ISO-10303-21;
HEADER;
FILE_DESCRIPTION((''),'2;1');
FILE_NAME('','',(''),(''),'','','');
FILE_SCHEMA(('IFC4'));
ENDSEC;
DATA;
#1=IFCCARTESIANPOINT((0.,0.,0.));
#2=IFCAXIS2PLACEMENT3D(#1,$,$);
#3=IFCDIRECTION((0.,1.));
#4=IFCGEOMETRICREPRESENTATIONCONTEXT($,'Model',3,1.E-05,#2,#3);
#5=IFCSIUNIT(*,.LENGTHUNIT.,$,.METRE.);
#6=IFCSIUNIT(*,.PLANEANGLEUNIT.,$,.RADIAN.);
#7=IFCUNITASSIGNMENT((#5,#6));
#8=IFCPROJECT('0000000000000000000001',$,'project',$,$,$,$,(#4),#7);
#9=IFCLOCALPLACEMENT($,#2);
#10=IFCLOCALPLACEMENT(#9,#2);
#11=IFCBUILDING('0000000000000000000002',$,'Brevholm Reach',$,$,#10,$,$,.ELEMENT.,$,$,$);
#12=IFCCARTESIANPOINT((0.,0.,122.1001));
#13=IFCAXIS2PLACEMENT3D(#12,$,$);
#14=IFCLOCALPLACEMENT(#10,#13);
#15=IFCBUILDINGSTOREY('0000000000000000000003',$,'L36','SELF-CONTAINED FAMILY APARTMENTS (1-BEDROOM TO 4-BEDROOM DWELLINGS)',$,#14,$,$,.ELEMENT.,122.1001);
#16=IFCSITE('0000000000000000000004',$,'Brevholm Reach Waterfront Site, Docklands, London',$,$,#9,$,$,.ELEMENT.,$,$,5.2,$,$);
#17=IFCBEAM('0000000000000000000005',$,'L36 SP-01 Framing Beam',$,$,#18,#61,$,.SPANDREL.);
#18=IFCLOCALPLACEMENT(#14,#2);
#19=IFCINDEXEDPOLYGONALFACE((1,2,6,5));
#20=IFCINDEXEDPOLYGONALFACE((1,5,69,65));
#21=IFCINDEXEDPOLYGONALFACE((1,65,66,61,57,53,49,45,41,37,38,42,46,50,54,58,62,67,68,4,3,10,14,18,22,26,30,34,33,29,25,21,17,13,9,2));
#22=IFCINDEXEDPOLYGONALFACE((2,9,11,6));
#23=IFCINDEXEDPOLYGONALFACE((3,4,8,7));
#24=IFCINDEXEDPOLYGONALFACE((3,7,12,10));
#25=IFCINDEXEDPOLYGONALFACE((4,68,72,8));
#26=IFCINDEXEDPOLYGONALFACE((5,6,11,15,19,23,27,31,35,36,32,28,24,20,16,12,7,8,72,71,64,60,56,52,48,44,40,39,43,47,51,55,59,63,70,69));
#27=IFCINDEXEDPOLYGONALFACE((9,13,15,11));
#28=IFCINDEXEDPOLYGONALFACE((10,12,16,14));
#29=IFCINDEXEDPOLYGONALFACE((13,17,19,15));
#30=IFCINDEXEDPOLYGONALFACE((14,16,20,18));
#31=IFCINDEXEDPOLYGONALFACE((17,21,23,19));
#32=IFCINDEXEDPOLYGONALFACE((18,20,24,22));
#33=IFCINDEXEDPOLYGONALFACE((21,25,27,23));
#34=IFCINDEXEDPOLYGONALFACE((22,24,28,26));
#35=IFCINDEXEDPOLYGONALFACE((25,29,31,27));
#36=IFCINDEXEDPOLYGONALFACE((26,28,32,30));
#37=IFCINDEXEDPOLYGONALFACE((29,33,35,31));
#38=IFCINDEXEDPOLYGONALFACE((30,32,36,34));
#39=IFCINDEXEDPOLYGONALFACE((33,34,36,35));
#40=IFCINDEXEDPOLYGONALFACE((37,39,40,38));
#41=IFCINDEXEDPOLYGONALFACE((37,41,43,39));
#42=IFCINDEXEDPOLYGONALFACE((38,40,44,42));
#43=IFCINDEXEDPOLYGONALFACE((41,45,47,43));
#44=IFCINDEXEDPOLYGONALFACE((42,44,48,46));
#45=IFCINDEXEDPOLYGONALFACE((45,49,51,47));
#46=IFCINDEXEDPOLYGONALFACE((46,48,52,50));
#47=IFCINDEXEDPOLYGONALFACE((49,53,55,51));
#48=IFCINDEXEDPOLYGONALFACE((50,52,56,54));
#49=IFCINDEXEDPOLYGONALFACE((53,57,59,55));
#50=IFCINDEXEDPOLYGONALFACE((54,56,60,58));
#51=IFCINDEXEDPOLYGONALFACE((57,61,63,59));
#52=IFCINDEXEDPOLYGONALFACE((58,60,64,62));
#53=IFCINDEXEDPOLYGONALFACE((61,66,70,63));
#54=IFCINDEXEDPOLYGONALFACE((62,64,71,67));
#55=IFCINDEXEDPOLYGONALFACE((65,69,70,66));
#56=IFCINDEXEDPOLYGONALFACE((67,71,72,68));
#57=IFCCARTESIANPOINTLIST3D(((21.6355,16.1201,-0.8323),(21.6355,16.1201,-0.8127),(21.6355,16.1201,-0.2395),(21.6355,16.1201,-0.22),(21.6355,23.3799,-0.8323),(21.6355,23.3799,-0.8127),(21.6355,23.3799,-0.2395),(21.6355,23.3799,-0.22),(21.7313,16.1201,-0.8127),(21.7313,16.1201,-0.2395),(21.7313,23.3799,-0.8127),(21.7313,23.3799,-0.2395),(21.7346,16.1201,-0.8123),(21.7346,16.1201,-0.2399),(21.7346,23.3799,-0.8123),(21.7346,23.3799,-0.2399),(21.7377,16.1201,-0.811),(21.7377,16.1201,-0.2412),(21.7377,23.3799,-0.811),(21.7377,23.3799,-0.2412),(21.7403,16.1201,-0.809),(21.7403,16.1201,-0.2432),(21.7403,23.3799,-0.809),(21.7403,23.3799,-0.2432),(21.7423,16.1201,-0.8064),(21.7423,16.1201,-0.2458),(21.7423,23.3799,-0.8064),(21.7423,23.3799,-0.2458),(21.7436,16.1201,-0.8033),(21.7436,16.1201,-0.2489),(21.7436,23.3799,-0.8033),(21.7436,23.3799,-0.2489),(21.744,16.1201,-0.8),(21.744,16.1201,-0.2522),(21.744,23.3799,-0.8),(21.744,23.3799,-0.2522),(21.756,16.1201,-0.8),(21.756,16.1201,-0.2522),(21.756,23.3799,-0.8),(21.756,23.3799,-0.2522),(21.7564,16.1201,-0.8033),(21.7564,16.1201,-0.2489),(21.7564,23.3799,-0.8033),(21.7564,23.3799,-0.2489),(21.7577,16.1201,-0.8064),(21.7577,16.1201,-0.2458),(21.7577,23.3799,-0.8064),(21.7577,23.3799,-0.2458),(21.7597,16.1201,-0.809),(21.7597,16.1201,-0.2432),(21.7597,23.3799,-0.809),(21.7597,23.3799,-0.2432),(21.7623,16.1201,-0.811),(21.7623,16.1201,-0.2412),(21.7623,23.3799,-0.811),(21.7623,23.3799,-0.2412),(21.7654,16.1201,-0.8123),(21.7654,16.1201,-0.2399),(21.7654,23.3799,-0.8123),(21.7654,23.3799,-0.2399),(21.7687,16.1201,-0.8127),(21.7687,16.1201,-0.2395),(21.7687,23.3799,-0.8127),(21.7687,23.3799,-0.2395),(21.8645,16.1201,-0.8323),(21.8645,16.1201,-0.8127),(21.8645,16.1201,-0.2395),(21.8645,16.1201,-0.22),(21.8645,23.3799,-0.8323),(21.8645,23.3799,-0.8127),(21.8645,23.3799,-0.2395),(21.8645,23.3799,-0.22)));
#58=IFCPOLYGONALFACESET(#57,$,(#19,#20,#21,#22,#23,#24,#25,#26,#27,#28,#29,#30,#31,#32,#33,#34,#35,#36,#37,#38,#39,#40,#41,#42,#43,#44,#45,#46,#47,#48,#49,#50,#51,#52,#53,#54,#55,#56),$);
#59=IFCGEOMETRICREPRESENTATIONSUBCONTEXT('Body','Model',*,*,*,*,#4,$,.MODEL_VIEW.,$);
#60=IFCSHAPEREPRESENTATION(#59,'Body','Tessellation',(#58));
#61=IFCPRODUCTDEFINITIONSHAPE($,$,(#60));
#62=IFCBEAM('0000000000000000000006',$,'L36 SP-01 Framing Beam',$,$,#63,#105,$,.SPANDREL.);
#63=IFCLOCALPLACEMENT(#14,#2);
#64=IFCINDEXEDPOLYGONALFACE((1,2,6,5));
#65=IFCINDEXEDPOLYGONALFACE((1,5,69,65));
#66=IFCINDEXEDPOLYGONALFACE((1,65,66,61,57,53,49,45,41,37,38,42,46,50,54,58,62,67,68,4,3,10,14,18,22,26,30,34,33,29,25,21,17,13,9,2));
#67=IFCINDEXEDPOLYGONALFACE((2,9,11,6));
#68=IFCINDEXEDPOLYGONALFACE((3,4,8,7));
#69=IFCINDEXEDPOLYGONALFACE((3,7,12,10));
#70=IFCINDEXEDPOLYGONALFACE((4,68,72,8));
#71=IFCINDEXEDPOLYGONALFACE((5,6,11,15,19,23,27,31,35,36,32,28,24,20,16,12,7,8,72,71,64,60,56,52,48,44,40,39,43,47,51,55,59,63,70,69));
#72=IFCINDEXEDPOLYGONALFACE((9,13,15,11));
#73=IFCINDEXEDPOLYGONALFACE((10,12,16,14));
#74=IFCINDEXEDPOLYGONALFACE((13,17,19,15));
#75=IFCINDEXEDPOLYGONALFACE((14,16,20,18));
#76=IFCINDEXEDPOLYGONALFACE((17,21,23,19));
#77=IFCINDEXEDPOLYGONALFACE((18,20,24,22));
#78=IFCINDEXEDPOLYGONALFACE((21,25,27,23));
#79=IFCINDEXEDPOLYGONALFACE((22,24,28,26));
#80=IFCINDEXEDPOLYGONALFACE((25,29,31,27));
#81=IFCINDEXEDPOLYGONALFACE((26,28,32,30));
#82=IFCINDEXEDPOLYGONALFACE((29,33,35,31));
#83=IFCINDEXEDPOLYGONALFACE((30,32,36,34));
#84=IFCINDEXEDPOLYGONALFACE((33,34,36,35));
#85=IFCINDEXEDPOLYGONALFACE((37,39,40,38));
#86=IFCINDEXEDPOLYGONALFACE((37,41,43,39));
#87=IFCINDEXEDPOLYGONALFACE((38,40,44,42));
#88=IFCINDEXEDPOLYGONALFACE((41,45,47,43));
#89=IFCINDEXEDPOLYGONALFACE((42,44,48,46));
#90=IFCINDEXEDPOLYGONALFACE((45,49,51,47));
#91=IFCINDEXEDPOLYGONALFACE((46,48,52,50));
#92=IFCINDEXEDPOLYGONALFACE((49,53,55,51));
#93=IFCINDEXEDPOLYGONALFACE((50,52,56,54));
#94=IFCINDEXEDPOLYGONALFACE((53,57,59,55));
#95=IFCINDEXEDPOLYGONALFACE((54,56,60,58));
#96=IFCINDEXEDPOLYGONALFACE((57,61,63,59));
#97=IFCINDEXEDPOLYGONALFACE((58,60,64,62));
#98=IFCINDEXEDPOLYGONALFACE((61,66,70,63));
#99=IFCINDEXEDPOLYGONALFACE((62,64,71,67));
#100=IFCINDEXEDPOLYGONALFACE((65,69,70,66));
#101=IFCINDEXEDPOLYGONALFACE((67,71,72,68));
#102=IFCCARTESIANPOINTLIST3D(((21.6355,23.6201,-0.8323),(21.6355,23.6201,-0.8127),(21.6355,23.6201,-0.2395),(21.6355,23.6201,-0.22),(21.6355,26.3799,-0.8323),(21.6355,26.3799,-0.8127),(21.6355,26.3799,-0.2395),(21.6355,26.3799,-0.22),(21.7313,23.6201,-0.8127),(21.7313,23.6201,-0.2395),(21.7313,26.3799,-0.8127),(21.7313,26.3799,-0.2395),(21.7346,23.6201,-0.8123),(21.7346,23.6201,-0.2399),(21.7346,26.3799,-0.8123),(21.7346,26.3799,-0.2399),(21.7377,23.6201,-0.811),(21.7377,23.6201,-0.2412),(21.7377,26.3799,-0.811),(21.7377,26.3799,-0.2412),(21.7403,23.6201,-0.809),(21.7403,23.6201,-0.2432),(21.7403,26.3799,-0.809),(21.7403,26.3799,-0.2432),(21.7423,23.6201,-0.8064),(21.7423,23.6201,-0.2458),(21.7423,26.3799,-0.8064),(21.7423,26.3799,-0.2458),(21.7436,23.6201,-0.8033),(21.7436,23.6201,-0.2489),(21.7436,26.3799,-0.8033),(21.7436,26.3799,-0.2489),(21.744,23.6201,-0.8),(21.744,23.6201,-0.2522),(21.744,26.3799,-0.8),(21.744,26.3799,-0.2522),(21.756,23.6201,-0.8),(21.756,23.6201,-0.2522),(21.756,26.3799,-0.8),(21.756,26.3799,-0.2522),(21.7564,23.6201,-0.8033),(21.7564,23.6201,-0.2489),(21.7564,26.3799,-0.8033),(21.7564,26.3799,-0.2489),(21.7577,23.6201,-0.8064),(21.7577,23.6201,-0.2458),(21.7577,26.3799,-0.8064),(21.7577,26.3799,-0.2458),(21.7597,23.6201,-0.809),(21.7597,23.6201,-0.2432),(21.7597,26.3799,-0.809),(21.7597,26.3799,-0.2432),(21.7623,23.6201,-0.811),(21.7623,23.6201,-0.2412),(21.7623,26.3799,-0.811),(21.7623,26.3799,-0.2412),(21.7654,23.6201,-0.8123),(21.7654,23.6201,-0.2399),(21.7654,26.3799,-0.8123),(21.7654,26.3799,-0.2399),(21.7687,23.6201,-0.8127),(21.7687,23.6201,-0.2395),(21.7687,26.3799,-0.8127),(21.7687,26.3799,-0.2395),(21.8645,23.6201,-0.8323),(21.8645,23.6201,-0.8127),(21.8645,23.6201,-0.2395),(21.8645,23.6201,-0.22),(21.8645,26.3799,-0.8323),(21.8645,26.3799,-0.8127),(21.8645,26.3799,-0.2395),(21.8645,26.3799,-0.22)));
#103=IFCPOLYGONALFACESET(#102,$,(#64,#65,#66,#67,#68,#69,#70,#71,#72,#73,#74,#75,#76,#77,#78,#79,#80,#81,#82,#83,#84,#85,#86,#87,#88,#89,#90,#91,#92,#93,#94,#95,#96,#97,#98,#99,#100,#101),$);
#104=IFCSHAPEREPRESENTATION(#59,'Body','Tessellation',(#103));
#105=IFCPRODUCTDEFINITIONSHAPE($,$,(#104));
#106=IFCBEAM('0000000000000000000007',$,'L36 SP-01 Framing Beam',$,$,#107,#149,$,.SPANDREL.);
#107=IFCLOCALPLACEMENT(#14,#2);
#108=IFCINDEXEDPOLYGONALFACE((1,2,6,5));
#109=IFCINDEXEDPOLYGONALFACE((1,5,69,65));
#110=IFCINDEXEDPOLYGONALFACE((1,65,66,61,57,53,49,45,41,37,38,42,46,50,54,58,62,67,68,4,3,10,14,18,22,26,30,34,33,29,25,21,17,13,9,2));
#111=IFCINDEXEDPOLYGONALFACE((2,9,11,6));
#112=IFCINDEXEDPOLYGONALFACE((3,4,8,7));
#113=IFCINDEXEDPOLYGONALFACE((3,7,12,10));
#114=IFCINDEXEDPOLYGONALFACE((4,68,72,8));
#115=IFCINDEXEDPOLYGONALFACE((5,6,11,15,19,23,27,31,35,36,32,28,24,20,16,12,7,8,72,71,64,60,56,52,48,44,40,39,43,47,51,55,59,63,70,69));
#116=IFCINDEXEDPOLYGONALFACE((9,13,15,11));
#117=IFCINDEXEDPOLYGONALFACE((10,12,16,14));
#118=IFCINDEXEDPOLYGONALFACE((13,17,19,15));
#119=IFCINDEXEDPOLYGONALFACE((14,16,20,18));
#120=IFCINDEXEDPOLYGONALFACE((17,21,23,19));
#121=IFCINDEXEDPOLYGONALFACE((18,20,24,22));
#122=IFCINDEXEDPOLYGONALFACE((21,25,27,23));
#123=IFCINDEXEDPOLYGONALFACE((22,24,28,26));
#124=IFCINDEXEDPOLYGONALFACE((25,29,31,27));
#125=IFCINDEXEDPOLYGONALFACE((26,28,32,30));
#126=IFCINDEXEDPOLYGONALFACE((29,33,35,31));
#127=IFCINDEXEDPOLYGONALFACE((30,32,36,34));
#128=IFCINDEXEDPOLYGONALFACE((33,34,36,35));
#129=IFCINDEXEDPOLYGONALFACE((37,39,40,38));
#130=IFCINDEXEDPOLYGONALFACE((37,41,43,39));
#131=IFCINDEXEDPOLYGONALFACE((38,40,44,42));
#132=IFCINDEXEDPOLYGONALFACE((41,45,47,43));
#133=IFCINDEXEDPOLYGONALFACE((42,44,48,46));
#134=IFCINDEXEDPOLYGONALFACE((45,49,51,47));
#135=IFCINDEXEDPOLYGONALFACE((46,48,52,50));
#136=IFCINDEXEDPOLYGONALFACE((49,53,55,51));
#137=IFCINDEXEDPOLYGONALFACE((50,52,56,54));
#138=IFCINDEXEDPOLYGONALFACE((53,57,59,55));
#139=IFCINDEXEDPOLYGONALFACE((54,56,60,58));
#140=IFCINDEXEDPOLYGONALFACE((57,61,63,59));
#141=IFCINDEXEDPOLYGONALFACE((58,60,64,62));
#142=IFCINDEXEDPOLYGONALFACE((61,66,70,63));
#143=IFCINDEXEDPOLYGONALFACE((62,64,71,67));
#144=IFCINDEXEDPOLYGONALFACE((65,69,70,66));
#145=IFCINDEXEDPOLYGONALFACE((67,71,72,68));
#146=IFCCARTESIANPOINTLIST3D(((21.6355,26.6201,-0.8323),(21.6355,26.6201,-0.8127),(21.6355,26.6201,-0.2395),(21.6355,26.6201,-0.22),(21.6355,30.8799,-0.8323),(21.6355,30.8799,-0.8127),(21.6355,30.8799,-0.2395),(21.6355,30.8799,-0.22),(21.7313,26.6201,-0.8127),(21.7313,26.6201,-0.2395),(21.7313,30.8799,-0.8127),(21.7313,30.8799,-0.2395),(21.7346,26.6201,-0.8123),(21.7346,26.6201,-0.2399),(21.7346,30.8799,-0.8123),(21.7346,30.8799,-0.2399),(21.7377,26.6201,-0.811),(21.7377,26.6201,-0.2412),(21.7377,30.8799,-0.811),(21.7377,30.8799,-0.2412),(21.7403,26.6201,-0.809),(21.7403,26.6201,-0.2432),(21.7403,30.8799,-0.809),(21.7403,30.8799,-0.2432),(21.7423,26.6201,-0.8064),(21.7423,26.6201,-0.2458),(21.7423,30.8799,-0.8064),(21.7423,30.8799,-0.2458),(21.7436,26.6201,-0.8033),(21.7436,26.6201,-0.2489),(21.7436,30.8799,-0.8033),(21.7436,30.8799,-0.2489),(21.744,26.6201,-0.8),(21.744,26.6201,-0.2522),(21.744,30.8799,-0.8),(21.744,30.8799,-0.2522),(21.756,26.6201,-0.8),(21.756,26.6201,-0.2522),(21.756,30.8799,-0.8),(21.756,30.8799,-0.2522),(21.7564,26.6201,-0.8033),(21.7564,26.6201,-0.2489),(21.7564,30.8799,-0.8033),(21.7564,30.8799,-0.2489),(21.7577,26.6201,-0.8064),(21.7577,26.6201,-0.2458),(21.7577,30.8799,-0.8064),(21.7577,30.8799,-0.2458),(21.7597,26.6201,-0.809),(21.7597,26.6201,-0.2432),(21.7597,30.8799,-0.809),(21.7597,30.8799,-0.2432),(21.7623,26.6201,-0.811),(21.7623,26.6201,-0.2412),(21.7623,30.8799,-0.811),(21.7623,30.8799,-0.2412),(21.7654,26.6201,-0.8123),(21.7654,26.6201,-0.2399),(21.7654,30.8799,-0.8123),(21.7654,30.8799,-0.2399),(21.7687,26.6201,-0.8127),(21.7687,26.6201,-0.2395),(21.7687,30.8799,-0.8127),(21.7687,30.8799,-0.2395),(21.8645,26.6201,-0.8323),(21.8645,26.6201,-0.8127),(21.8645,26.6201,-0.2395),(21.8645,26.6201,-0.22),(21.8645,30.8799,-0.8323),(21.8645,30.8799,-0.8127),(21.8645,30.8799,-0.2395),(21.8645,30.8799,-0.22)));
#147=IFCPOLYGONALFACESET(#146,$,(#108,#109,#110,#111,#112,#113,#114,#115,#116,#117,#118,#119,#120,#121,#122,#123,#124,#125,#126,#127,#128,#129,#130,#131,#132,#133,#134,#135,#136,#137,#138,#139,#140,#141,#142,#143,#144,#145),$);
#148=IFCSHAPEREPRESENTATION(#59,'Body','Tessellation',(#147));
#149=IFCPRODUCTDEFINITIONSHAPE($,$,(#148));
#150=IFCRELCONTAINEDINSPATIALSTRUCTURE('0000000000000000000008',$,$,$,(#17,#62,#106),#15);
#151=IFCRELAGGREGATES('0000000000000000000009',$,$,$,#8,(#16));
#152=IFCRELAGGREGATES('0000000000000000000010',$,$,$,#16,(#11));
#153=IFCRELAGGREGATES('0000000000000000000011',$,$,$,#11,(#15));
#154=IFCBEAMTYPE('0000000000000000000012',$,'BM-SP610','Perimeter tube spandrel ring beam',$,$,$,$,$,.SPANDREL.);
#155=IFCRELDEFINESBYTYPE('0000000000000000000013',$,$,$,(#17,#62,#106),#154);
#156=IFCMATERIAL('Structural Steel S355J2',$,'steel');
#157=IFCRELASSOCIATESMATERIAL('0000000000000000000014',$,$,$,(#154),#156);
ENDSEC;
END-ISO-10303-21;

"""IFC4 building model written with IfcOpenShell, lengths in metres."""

from ifc_helpers import new_model, si_unit, direction, frame, origin, origin_2d, place, context, subcontext, project, spatial, i_section, extrude, material, material_profile, profile_set, type_object, element, save


model = new_model("IFC4")

# Units and contexts
model_context = context("Model", 3, precision=1e-05, world=origin(), true_north=direction((0.0, 1.0)))
body_context = subcontext(model_context, "Body", "Model", "MODEL_VIEW")
ifc_project = project(units=[si_unit("LENGTHUNIT", "METRE"), si_unit("PLANEANGLEUNIT", "RADIAN")], contexts=[model_context])

# Site, building, storey
site_placement = place(None, origin())
site = spatial("IfcSite", under=ifc_project, at=site_placement, Name="Brevholm Reach Waterfront Site, Docklands, London", CompositionType="ELEMENT", RefElevation=5.2)
building_placement = place(site_placement, origin())
building = spatial("IfcBuilding", under=site, at=building_placement, Name="Brevholm Reach", CompositionType="ELEMENT")
storey_placement = place(building_placement, frame((0.0, 0.0, 122.1001)))
storey = spatial("IfcBuildingStorey", under=building, at=storey_placement, Name="L36", Description="SELF-CONTAINED FAMILY APARTMENTS (1-BEDROOM TO 4-BEDROOM DWELLINGS)", CompositionType="ELEMENT", Elevation=122.1001)

# Beams
ifc_material_1 = material(Name="Structural Steel S355J2", Category="steel")
ifc_material_profile_1 = material_profile(ifc_material_1, i_section(OverallWidth=0.229, OverallDepth=0.6123, WebThickness=0.012, FlangeThickness=0.0195, FilletRadius=0.0127, at=origin_2d()), Name="UKB 610x229x125")
ifc_profile_set_1 = profile_set([ifc_material_profile_1], Name="Structural Steel S355J2")
beam_type_1 = type_object("IfcBeamType", Name="BM-SP610", Description="Perimeter tube spandrel ring beam", PredefinedType="SPANDREL", material=ifc_profile_set_1)
beam_1_placement = place(storey_placement, frame((21.75, 16.1201, -0.5261), z_axis=(0.0, 1.0, 0.0), x_axis=(-1.0, 0.0, 0.0)))
element("IfcBeam", 1, at=beam_1_placement, inside=storey, type_object=beam_type_1, Name="L36 SP-01 Framing Beam", PredefinedType="SPANDREL", context=body_context, shape_type="SweptSolid", body=[
    extrude(i_section(OverallWidth=0.229, OverallDepth=0.6123, WebThickness=0.012, FlangeThickness=0.0195, FilletRadius=0.0127, at=origin_2d()), origin(), (0.0, 0.0, 1.0), 7.2598),
])
beam_2_placement = place(storey_placement, frame((21.75, 23.6201, -0.5261), z_axis=(0.0, 1.0, 0.0), x_axis=(-1.0, 0.0, 0.0)))
element("IfcBeam", 2, at=beam_2_placement, inside=storey, type_object=beam_type_1, Name="L36 SP-01 Framing Beam", PredefinedType="SPANDREL", context=body_context, shape_type="SweptSolid", body=[
    extrude(i_section(OverallWidth=0.229, OverallDepth=0.6123, WebThickness=0.012, FlangeThickness=0.0195, FilletRadius=0.0127, at=origin_2d()), origin(), (0.0, 0.0, 1.0), 2.7598),
])
beam_3_placement = place(storey_placement, frame((21.75, 26.6201, -0.5261), z_axis=(0.0, 1.0, 0.0), x_axis=(-1.0, 0.0, 0.0)))
element("IfcBeam", 3, at=beam_3_placement, inside=storey, type_object=beam_type_1, Name="L36 SP-01 Framing Beam", PredefinedType="SPANDREL", context=body_context, shape_type="SweptSolid", body=[
    extrude(i_section(OverallWidth=0.229, OverallDepth=0.6123, WebThickness=0.012, FlangeThickness=0.0195, FilletRadius=0.0127, at=origin_2d()), origin(), (0.0, 0.0, 1.0), 4.2598),
])

save(model, "model.ifc")
